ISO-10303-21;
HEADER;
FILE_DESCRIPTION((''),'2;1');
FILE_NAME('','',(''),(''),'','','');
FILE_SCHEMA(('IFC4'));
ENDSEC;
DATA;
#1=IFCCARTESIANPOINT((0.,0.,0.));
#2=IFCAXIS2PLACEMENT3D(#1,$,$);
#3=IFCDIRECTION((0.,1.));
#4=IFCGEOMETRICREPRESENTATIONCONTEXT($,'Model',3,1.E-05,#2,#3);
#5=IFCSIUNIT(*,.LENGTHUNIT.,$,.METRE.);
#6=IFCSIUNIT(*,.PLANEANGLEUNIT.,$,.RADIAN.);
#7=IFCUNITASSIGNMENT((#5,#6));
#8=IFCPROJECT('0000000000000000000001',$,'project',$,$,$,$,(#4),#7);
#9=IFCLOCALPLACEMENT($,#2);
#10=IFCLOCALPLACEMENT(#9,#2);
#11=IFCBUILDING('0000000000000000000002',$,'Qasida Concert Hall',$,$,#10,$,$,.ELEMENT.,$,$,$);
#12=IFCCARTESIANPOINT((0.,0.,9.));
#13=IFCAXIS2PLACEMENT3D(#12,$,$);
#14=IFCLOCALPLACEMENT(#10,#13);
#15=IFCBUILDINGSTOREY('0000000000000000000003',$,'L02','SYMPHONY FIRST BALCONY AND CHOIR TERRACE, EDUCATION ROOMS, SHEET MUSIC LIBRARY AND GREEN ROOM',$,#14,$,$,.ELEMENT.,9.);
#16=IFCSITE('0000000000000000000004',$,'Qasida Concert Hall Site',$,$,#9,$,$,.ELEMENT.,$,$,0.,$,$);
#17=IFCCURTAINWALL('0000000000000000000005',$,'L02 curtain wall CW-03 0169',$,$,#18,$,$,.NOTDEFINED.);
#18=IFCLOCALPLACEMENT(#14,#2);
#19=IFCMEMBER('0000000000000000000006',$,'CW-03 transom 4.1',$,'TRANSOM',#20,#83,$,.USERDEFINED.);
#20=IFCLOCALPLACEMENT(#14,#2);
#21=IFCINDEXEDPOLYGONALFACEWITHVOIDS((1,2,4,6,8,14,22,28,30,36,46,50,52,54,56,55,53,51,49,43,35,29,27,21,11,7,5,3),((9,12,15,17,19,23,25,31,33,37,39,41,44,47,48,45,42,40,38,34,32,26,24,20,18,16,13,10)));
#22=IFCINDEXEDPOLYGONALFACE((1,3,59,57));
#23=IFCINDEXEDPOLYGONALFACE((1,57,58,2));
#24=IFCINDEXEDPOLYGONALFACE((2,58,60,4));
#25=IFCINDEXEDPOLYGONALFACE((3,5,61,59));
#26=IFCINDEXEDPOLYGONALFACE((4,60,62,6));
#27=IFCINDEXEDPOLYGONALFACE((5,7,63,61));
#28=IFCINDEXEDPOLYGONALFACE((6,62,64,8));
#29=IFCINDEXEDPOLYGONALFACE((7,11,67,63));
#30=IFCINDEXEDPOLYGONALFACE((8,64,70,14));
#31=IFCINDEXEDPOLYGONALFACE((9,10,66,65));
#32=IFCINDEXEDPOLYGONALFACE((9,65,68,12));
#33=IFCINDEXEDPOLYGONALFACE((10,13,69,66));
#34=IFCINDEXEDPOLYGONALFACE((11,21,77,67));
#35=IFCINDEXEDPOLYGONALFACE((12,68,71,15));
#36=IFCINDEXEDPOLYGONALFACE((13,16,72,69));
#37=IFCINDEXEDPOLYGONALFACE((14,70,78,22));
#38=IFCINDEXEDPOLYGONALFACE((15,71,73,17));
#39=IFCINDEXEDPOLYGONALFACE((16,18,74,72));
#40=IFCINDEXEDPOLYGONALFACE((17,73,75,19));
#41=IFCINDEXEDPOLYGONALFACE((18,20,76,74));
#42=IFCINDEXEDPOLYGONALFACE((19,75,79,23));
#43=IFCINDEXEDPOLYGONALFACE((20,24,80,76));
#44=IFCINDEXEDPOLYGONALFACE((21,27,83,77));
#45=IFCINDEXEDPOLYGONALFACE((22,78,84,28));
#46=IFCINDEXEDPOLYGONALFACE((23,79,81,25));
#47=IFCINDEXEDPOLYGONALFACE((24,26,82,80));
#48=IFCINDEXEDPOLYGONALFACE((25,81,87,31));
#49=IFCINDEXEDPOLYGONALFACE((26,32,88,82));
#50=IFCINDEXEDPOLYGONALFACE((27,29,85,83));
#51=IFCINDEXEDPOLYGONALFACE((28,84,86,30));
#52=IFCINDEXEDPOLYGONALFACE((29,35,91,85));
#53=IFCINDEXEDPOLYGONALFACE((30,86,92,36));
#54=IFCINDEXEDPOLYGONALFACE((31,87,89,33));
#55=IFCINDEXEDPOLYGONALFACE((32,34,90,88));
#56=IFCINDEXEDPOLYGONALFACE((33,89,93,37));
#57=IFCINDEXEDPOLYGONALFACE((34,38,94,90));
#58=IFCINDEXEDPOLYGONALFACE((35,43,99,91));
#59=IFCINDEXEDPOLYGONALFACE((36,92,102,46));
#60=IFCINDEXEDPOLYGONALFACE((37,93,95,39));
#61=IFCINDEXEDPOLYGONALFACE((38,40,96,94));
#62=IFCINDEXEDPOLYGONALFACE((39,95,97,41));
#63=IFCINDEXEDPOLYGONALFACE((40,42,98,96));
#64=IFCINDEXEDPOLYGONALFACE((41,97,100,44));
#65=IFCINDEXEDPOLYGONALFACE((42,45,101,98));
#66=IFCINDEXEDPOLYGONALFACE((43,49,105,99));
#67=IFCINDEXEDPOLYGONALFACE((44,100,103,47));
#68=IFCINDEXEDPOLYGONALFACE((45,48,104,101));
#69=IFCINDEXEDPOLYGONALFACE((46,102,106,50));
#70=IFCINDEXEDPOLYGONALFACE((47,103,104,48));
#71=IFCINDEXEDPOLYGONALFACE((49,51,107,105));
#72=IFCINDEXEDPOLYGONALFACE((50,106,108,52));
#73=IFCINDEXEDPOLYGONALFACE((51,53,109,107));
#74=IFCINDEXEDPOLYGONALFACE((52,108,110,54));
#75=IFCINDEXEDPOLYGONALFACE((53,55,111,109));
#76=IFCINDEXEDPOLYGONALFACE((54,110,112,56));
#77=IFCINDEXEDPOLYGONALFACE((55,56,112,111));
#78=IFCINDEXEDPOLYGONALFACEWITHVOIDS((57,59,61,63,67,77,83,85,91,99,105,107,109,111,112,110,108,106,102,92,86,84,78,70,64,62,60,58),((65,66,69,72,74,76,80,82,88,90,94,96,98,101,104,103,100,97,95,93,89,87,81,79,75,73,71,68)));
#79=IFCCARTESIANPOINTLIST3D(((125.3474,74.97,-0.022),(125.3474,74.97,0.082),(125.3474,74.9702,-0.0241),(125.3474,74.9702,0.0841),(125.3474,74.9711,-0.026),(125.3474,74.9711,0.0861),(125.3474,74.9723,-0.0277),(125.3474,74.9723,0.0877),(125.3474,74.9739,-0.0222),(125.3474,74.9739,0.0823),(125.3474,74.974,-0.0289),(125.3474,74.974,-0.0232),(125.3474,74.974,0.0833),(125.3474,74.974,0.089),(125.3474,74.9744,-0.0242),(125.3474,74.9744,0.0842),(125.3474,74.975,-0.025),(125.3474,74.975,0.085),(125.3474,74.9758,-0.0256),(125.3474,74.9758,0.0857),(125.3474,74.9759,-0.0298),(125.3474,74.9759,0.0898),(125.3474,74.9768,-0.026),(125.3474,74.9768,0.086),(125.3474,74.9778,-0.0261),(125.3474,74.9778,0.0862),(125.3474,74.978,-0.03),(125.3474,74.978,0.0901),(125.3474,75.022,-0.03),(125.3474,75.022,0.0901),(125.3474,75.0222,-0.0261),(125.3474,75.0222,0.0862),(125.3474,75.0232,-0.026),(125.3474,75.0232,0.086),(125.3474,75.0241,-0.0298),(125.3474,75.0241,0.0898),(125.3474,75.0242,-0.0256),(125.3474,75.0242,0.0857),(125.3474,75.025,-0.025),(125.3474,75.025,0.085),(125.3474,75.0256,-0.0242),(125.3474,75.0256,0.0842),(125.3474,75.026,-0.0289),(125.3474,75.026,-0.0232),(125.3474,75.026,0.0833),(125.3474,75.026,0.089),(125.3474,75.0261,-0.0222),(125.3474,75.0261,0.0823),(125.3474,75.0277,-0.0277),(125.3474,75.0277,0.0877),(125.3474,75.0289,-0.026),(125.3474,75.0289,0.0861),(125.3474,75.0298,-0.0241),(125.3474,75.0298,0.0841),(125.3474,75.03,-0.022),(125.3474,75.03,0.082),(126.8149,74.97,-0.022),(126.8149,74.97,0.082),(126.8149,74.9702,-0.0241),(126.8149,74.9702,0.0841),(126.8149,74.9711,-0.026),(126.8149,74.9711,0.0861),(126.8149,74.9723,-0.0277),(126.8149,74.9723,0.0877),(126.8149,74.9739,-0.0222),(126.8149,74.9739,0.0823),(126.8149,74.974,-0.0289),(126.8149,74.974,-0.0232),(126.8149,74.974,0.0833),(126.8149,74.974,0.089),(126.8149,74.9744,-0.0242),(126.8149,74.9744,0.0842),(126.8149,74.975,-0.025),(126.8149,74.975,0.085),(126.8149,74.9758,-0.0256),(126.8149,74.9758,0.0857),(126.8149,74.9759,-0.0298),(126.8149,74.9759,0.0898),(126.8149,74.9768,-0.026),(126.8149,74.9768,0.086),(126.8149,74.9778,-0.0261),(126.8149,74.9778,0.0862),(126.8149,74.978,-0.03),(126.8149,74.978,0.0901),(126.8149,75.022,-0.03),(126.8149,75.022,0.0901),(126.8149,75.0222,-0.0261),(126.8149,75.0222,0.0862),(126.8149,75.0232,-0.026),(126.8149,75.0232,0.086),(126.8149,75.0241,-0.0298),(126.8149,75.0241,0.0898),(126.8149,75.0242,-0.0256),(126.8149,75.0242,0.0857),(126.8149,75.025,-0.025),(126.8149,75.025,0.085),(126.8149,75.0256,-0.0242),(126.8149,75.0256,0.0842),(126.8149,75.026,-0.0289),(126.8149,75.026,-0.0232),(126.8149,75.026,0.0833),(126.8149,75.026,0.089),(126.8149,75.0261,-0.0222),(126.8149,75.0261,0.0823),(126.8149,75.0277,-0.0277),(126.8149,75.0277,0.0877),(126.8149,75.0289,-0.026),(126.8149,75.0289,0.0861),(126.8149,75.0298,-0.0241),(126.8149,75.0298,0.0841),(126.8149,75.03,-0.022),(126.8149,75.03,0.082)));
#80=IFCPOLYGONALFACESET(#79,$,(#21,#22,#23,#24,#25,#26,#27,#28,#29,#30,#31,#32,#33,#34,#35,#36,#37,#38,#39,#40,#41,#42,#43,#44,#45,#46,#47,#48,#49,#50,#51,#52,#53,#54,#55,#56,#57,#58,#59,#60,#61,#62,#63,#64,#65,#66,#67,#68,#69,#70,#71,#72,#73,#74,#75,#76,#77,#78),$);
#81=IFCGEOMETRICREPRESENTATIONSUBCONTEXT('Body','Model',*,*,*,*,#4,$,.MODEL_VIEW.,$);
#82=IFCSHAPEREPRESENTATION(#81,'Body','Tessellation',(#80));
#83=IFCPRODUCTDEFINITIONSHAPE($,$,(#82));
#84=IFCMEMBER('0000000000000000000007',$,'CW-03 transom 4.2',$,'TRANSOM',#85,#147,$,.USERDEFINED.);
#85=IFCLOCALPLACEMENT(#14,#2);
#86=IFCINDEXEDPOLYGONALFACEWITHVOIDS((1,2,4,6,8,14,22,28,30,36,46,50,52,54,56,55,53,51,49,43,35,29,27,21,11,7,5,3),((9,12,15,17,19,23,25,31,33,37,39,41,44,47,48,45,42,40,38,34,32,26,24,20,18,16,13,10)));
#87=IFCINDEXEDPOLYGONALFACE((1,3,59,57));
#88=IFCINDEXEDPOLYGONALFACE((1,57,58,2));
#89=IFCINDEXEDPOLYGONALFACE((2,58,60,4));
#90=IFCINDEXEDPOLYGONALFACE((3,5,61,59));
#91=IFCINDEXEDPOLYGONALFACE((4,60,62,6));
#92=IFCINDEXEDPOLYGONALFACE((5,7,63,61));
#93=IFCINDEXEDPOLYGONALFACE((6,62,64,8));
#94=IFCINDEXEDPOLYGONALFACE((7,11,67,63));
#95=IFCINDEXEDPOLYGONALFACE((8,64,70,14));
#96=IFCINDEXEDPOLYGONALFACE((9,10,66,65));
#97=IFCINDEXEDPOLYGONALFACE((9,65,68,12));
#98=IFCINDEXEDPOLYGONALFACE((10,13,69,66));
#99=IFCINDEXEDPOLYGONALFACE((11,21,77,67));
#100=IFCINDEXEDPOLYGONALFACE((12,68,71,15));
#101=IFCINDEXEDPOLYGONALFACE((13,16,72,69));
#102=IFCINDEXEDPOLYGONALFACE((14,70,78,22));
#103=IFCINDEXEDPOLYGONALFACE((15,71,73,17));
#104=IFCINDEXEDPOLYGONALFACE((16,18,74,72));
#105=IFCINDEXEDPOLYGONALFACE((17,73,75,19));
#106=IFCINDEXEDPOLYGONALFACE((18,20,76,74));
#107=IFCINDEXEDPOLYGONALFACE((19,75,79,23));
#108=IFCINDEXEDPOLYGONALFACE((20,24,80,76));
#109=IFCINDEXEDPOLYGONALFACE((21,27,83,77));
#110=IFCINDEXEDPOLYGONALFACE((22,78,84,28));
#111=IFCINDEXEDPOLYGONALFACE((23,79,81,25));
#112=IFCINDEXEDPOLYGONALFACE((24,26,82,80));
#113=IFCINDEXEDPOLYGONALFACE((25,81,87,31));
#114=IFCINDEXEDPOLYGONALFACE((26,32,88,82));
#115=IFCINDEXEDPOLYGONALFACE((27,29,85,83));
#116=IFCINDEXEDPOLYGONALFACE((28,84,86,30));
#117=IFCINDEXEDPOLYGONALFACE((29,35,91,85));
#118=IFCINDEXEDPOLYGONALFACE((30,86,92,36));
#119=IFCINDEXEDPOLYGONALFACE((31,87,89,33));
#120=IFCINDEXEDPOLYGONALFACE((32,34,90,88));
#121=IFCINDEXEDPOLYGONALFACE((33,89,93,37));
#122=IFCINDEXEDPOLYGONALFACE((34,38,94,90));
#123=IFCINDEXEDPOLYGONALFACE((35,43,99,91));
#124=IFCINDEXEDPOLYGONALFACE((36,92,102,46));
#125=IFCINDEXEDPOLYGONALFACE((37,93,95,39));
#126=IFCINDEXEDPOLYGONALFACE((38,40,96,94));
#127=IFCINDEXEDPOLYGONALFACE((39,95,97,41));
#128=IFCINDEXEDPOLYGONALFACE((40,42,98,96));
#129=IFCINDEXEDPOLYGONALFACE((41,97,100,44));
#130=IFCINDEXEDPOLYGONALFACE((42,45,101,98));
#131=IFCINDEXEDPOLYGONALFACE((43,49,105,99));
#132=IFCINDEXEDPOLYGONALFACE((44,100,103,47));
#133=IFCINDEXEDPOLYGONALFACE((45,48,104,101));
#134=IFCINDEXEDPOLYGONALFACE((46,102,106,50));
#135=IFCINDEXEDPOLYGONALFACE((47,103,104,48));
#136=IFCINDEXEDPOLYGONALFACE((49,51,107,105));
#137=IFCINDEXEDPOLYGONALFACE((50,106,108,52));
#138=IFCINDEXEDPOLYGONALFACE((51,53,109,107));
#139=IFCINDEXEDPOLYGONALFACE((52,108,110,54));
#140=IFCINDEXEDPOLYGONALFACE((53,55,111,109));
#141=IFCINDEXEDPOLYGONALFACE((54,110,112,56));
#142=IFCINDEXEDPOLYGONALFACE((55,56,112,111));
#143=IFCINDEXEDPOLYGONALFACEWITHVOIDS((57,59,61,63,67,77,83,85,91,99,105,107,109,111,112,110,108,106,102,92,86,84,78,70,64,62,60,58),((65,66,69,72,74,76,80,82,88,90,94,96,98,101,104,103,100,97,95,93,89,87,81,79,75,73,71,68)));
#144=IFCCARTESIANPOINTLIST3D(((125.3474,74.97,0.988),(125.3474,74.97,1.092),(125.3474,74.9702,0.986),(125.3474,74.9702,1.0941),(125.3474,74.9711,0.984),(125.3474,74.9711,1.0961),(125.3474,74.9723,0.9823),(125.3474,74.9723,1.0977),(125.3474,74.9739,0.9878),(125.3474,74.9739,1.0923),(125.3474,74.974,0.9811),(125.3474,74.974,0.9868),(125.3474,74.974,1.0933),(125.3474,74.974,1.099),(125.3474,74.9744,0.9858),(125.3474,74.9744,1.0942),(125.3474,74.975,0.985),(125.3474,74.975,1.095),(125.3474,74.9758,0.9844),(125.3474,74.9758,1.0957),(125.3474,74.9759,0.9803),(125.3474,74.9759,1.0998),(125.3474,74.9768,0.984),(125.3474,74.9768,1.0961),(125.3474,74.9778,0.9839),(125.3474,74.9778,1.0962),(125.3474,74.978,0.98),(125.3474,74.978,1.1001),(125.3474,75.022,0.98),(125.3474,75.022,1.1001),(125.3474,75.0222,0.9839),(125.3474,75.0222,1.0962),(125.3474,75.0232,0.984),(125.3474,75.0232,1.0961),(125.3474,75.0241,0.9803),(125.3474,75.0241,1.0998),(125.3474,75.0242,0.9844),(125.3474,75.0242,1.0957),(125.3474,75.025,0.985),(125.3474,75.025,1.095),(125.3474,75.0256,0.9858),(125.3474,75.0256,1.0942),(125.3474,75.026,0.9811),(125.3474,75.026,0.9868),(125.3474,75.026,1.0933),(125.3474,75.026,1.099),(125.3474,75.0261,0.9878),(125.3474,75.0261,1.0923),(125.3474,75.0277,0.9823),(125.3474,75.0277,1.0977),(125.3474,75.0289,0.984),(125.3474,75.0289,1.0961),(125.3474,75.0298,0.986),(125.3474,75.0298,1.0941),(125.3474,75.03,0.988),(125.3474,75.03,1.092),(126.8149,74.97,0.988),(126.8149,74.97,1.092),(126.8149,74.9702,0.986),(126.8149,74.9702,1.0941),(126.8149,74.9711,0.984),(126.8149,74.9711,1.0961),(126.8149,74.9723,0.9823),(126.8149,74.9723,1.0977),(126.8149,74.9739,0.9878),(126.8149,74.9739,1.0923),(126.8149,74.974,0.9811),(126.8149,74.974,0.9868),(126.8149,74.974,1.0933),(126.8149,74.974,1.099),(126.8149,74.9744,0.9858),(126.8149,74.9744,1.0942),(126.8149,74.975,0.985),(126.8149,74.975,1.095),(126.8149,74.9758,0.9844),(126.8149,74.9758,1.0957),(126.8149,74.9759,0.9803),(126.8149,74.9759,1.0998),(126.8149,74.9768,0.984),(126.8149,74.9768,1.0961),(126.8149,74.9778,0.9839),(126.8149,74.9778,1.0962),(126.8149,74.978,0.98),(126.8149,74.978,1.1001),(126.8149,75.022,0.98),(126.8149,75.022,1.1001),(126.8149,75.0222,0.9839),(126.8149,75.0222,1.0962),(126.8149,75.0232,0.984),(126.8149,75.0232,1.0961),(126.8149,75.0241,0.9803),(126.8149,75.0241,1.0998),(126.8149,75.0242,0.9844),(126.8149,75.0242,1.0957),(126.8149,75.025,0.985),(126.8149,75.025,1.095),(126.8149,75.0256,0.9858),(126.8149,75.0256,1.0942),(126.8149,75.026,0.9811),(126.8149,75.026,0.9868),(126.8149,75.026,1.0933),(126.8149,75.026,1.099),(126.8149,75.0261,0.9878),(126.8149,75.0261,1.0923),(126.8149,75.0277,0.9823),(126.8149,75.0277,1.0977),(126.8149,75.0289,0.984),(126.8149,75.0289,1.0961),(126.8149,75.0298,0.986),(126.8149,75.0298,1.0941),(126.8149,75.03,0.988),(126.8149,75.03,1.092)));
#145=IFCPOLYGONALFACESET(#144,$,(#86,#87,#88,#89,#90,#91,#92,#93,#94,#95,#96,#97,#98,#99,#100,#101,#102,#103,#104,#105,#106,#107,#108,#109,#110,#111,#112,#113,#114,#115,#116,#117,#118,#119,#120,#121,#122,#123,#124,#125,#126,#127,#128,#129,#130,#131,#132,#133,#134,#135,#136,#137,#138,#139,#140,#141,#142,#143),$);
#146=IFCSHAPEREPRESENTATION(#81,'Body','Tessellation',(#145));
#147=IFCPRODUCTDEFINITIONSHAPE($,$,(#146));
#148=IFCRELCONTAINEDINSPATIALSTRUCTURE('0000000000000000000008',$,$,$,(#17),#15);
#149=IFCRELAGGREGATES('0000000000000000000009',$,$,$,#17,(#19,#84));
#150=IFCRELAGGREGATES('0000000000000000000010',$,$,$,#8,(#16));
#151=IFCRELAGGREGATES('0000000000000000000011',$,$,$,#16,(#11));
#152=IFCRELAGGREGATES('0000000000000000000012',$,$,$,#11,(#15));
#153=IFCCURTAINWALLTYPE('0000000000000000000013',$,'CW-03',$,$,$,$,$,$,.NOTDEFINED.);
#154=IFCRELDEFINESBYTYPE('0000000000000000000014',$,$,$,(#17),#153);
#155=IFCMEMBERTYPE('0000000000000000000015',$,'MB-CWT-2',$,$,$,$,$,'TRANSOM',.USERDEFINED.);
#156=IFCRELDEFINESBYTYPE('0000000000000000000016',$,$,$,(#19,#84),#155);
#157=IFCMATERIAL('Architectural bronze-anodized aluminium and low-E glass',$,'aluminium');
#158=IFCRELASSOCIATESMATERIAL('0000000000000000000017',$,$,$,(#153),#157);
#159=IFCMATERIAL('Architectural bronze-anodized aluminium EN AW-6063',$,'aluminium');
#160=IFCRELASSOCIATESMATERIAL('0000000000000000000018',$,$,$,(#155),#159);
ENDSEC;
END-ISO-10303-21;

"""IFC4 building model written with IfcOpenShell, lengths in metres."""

from ifc_helpers import new_model, si_unit, direction, frame, origin, origin_2d, place, context, subcontext, project, spatial, hollow_rectangle, extrude, material, material_profile, profile_set, type_object, element, aggregate, save


model = new_model("IFC4")

# Units and contexts
model_context = context("Model", 3, precision=1e-05, world=origin(), true_north=direction((0.0, 1.0)))
body_context = subcontext(model_context, "Body", "Model", "MODEL_VIEW")
ifc_project = project(units=[si_unit("LENGTHUNIT", "METRE"), si_unit("PLANEANGLEUNIT", "RADIAN")], contexts=[model_context])

# Site, building, storey
site_placement = place(None, origin())
site = spatial("IfcSite", under=ifc_project, at=site_placement, Name="Qasida Concert Hall Site", CompositionType="ELEMENT", RefElevation=0.0)
building_placement = place(site_placement, origin())
building = spatial("IfcBuilding", under=site, at=building_placement, Name="Qasida Concert Hall", CompositionType="ELEMENT")
storey_placement = place(building_placement, frame((0.0, 0.0, 9.0)))
storey = spatial("IfcBuildingStorey", under=building, at=storey_placement, Name="L02", Description="SYMPHONY FIRST BALCONY AND CHOIR TERRACE, EDUCATION ROOMS, SHEET MUSIC LIBRARY AND GREEN ROOM", CompositionType="ELEMENT", Elevation=9.0)

# Curtain wall, members
ifc_material_1 = material(Name="Architectural bronze-anodized aluminium and low-E glass", Category="aluminium")
curtain_wall_type = type_object("IfcCurtainWallType", Name="CW-03", PredefinedType="NOTDEFINED", material=ifc_material_1)
curtain_wall_placement = place(storey_placement, origin())
curtain_wall = element("IfcCurtainWall", 1, at=curtain_wall_placement, inside=storey, type_object=curtain_wall_type, Name="L02 curtain wall CW-03 0169", PredefinedType="NOTDEFINED")
ifc_material_2 = material(Name="Architectural bronze-anodized aluminium EN AW-6063", Category="aluminium")
ifc_material_profile_1 = material_profile(ifc_material_2, hollow_rectangle(XDim=0.0601, YDim=0.1201, WallThickness=0.0039, InnerFilletRadius=0.0039, OuterFilletRadius=0.0081, at=origin_2d()), Name="CWT 120x60x4")
ifc_profile_set_1 = profile_set([ifc_material_profile_1], Name="Architectural bronze-anodized aluminium EN AW-6063")
member_type_1 = type_object("IfcMemberType", Name="MB-CWT-2", ElementType="TRANSOM", PredefinedType="USERDEFINED", material=ifc_profile_set_1)
member_1_placement = place(storey_placement, frame((125.3474, 75.0, 0.03), z_axis=(1.0, 0.0, 0.0), x_axis=(0.0, 1.0, 0.0)))
member_1 = element("IfcMember", 2, at=member_1_placement, type_object=member_type_1, Name="CW-03 transom 4.1", ObjectType="TRANSOM", PredefinedType="USERDEFINED", context=body_context, shape_type="SweptSolid", body=[
    extrude(hollow_rectangle(XDim=0.0601, YDim=0.1201, WallThickness=0.0039, InnerFilletRadius=0.0039, OuterFilletRadius=0.0081, at=origin_2d()), origin(), (0.0, 0.0, 1.0), 1.4675),
])
member_2_placement = place(storey_placement, frame((125.3474, 75.0, 1.04), z_axis=(1.0, 0.0, 0.0), x_axis=(0.0, 1.0, 0.0)))
member_2 = element("IfcMember", 3, at=member_2_placement, type_object=member_type_1, Name="CW-03 transom 4.2", ObjectType="TRANSOM", PredefinedType="USERDEFINED", context=body_context, shape_type="SweptSolid", body=[
    extrude(hollow_rectangle(XDim=0.0601, YDim=0.1201, WallThickness=0.0039, InnerFilletRadius=0.0039, OuterFilletRadius=0.0081, at=origin_2d()), origin(), (0.0, 0.0, 1.0), 1.4675),
])
aggregate(curtain_wall, [member_1, member_2])

save(model, "model.ifc")
